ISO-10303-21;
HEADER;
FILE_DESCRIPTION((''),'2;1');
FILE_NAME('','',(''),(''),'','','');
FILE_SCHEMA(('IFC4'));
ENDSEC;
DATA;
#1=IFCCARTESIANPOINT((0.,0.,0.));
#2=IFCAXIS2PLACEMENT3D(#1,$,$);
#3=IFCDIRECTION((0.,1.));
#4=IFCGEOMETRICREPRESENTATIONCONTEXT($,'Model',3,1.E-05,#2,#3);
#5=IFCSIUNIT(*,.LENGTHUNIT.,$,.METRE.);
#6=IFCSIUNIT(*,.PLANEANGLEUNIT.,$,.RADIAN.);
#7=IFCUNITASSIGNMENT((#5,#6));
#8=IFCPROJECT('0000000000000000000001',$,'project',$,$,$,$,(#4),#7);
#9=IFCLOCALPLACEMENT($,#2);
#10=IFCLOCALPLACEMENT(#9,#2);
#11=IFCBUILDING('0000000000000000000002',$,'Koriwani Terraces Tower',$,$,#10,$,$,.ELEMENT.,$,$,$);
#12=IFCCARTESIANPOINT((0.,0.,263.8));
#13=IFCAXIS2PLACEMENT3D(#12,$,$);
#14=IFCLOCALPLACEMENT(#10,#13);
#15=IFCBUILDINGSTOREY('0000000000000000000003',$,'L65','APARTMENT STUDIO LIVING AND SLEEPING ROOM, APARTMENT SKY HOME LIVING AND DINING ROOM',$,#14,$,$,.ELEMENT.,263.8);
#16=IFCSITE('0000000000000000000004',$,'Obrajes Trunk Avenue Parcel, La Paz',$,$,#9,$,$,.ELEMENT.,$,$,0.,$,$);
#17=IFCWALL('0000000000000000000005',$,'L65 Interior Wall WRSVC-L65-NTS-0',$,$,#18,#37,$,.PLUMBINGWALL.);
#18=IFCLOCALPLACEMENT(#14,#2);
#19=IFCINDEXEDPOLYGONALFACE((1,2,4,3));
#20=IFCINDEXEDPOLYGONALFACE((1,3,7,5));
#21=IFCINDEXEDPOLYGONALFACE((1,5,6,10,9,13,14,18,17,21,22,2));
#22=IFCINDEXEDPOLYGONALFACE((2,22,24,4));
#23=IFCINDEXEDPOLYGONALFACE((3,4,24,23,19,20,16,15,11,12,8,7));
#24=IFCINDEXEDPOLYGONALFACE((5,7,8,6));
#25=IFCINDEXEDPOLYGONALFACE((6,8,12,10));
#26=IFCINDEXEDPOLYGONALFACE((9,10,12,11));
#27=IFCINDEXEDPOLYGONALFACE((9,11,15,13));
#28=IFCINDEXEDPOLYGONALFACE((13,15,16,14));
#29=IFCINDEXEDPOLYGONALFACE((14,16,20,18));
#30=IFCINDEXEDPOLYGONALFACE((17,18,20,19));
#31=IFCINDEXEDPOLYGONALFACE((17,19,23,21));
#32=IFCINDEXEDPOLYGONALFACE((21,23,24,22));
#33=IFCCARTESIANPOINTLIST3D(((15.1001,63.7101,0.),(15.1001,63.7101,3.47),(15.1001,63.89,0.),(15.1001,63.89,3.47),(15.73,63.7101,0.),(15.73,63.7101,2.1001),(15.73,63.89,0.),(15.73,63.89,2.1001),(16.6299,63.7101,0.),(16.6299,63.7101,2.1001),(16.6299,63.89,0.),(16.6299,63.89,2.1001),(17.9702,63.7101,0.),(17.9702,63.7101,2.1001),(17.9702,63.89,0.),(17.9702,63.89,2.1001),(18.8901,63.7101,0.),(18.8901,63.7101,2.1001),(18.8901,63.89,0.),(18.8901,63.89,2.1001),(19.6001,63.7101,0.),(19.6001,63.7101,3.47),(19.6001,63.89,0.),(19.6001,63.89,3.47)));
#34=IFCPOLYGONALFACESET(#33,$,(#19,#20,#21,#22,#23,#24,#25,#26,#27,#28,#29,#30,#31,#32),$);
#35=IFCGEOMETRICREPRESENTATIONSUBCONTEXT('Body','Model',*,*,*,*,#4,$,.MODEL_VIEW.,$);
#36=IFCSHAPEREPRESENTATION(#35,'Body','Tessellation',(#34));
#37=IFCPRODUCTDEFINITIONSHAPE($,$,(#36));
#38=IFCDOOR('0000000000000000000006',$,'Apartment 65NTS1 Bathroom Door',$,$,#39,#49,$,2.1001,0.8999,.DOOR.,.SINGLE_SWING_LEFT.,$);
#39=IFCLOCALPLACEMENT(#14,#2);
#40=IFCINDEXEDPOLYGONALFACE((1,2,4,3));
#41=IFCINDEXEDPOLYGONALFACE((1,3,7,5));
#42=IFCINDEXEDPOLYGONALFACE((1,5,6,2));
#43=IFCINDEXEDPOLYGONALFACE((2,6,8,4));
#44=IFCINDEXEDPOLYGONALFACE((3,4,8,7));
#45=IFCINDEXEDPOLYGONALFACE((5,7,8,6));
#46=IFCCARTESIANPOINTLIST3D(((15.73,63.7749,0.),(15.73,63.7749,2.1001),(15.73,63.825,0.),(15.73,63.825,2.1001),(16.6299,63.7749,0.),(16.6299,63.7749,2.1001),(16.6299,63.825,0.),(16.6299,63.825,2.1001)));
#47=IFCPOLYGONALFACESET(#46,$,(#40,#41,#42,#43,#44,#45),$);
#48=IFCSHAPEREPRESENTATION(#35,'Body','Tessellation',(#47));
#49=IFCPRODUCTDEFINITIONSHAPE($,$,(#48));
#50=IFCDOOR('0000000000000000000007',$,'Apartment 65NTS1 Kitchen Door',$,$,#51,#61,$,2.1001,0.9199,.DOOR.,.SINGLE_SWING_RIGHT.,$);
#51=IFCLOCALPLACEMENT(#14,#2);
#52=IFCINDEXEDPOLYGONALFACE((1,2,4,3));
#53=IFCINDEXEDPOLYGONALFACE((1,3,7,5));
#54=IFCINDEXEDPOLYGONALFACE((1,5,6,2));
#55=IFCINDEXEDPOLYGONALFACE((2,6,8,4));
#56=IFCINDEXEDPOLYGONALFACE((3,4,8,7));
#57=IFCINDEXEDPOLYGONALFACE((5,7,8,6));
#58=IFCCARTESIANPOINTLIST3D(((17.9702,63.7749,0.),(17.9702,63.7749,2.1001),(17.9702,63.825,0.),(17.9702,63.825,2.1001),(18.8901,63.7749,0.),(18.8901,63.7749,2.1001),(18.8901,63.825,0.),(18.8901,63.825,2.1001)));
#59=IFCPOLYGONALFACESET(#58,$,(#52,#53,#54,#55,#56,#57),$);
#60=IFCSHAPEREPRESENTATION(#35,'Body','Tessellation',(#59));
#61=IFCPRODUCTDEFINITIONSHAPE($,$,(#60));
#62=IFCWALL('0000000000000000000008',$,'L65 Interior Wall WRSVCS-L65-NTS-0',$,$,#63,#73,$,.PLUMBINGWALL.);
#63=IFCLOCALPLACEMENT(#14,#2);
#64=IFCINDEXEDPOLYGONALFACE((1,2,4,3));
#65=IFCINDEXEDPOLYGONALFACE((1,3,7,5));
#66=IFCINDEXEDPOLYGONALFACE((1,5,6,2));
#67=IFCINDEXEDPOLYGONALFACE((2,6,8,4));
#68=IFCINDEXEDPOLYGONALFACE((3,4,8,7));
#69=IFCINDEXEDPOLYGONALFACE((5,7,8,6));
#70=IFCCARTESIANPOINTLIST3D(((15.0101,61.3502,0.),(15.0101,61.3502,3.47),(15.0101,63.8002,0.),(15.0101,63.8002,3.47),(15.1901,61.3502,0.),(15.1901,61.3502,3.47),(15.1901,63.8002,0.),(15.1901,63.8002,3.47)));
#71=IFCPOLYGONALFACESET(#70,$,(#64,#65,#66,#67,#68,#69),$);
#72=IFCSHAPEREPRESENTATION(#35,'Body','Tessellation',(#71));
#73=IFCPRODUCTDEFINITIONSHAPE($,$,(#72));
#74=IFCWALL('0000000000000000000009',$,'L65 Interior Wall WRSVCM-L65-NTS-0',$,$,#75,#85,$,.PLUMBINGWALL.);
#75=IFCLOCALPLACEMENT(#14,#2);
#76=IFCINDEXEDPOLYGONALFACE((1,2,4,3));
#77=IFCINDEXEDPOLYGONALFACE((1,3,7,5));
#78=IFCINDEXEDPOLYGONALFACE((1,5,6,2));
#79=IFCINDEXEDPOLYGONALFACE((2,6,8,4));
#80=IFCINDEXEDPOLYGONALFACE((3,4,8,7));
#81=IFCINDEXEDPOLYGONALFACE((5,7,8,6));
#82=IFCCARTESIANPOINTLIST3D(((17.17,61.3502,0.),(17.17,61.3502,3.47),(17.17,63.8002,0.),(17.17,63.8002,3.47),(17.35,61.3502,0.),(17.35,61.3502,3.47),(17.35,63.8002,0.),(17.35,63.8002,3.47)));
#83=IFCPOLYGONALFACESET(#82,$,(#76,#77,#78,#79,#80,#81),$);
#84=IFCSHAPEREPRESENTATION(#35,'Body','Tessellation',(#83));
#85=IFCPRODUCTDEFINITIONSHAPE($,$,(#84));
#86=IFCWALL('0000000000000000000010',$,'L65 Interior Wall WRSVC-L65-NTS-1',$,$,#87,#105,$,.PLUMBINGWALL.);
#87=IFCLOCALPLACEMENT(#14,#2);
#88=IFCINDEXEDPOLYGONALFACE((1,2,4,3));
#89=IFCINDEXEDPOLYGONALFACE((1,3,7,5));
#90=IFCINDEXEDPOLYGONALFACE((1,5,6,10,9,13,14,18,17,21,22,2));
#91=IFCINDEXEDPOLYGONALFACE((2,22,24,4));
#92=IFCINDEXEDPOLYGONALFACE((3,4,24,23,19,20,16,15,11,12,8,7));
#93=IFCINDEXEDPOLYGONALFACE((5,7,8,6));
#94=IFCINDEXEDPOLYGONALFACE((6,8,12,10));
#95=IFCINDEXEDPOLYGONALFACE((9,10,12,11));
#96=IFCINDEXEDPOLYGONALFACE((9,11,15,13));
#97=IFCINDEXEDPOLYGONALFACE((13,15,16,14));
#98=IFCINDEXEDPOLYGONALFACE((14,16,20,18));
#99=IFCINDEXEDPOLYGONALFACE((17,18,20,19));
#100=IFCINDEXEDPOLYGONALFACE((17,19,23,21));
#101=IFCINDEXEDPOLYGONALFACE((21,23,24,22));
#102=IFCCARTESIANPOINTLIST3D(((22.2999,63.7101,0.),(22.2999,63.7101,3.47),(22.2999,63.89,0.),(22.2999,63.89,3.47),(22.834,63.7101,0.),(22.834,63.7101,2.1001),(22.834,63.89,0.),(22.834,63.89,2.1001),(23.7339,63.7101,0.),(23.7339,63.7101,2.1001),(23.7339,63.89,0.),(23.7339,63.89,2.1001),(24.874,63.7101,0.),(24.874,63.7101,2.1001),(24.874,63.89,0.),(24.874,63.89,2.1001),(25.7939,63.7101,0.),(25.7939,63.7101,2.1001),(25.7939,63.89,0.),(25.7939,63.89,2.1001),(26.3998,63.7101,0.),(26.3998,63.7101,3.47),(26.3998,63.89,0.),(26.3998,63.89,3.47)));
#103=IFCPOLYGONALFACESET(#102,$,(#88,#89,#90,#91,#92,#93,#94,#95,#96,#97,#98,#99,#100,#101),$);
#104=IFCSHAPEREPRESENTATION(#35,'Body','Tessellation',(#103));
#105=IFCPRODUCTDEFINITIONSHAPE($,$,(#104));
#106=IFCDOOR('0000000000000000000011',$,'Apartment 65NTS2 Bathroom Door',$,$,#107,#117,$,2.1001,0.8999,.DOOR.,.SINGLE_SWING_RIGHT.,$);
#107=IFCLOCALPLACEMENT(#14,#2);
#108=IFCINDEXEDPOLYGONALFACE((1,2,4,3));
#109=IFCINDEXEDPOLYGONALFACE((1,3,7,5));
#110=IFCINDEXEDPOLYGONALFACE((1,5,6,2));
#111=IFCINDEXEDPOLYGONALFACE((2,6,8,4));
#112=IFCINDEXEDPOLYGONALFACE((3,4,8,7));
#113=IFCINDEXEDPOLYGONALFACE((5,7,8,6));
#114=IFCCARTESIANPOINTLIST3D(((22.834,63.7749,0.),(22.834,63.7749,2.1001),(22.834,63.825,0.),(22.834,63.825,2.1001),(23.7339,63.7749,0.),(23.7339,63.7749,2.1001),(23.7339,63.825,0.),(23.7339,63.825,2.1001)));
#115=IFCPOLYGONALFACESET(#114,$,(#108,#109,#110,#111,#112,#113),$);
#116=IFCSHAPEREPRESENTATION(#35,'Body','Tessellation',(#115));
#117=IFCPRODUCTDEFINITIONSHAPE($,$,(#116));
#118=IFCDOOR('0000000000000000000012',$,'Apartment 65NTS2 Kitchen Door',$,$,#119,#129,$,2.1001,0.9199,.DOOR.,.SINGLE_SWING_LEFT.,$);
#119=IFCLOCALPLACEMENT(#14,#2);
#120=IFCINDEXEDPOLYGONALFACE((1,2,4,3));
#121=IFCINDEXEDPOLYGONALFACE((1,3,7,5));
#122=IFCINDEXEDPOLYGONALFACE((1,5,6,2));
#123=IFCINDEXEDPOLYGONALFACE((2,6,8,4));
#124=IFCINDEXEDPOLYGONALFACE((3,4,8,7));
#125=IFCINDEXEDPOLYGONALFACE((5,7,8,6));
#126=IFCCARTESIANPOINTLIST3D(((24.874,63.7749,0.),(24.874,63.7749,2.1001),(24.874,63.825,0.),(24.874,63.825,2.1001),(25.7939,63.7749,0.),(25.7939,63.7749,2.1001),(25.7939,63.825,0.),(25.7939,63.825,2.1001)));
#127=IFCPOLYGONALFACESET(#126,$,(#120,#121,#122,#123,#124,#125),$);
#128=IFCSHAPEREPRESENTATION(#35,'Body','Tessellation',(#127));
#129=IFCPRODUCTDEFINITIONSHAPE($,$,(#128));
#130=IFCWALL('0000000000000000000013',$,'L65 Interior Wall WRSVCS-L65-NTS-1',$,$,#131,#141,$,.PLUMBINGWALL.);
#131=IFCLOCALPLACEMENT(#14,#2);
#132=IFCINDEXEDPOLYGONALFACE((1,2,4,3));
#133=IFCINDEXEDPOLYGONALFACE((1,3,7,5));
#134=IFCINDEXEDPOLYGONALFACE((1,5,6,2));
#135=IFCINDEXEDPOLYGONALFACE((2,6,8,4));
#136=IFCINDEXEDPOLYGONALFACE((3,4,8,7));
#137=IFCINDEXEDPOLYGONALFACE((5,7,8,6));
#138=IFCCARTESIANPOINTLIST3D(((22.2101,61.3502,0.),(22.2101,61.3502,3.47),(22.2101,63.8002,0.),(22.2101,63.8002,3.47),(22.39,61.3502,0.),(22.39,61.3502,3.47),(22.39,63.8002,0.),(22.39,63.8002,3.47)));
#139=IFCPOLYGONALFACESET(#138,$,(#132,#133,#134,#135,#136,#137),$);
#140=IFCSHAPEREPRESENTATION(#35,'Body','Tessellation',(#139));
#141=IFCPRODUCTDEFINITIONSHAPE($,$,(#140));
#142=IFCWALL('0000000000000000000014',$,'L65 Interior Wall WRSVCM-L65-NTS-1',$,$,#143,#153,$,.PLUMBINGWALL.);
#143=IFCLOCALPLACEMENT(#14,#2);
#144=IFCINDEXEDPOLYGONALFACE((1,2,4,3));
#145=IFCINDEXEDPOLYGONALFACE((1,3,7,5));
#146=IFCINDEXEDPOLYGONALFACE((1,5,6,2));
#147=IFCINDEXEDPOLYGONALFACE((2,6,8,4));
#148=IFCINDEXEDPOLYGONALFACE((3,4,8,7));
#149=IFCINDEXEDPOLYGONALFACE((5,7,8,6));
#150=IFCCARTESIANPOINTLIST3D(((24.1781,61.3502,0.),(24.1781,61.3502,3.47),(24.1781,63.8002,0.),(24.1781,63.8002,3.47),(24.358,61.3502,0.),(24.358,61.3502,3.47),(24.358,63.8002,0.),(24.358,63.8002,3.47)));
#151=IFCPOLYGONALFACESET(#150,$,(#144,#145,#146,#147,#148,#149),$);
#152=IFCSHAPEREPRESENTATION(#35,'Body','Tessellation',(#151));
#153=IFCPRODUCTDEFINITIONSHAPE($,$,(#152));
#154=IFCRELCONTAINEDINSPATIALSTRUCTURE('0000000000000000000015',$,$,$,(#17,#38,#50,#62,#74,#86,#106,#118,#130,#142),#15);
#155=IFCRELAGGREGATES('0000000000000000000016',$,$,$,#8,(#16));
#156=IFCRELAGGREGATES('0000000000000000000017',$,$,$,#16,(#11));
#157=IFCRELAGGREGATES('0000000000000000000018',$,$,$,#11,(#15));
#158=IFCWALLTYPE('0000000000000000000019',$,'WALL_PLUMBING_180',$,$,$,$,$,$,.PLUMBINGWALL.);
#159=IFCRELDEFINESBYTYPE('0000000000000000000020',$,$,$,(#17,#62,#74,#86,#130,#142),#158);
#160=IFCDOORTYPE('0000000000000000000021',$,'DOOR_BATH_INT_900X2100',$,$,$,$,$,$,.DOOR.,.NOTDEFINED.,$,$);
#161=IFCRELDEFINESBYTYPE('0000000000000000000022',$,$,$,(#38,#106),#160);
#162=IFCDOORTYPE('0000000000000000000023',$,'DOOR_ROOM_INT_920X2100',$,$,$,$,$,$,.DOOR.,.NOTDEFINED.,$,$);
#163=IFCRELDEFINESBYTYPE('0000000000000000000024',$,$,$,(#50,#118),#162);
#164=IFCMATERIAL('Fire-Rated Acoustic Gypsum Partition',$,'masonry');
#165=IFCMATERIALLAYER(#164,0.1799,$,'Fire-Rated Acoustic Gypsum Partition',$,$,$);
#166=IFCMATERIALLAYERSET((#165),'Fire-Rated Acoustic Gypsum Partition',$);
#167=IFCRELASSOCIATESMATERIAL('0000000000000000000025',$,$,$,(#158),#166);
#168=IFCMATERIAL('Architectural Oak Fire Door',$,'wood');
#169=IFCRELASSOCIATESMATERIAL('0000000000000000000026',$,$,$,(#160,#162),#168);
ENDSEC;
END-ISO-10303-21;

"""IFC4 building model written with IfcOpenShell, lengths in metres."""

from ifc_helpers import new_model, si_unit, direction, frame, frame_2d, origin, place, context, subcontext, project, spatial, rectangle, extrude, material, layer, layer_set, type_object, element, fill, save


model = new_model("IFC4")

# Units and contexts
model_context = context("Model", 3, precision=1e-05, world=origin(), true_north=direction((0.0, 1.0)))
body_context = subcontext(model_context, "Body", "Model", "MODEL_VIEW")
ifc_project = project(units=[si_unit("LENGTHUNIT", "METRE"), si_unit("PLANEANGLEUNIT", "RADIAN")], contexts=[model_context])

# Site, building, storey
site_placement = place(None, origin())
site = spatial("IfcSite", under=ifc_project, at=site_placement, Name="Obrajes Trunk Avenue Parcel, La Paz", CompositionType="ELEMENT", RefElevation=0.0)
building_placement = place(site_placement, origin())
building = spatial("IfcBuilding", under=site, at=building_placement, Name="Koriwani Terraces Tower", CompositionType="ELEMENT")
storey_placement = place(building_placement, frame((0.0, 0.0, 263.8)))
storey = spatial("IfcBuildingStorey", under=building, at=storey_placement, Name="L65", Description="APARTMENT STUDIO LIVING AND SLEEPING ROOM, APARTMENT SKY HOME LIVING AND DINING ROOM", CompositionType="ELEMENT", Elevation=263.8)

# Wall, openings, doors
ifc_material_1 = material(Name="Fire-Rated Acoustic Gypsum Partition", Category="masonry")
ifc_layer_1 = layer(ifc_material_1, 0.1799, Name="Fire-Rated Acoustic Gypsum Partition")
ifc_layer_set_1 = layer_set([ifc_layer_1], Name="Fire-Rated Acoustic Gypsum Partition")
wall_type_1 = type_object("IfcWallType", Name="WALL_PLUMBING_180", PredefinedType="PLUMBINGWALL", material=ifc_layer_set_1)
wall_1_placement = place(storey_placement, frame((15.1001, 63.8, 0.0), z_axis=(0.0, 0.0, 1.0), x_axis=(1.0, 0.0, 0.0)))
wall_1 = element("IfcWall", 1, at=wall_1_placement, inside=storey, type_object=wall_type_1, Name="L65 Interior Wall WRSVC-L65-NTS-0", PredefinedType="PLUMBINGWALL", context=body_context, shape_type="SweptSolid", body=[
    extrude(rectangle(XDim=4.5, YDim=0.1799, at=frame_2d((2.25, 0.0))), origin(), (0.0, 0.0, 1.0), 3.47),
])
opening_1_placement = place(wall_1_placement, frame((0.6299, 0.0, 0.0)))
opening_1 = element("IfcOpeningElement", 2, at=opening_1_placement, cuts=wall_1, PredefinedType="OPENING", context=body_context, shape_type="SweptSolid", body=[
    extrude(rectangle(XDim=0.8999, YDim=2.1001, at=frame_2d((0.45, 1.05))), frame((0.0, 0.1001, 0.0), z_axis=(0.0, -1.0, 0.0), x_axis=(1.0, 0.0, 0.0)), (0.0, 0.0, 1.0), 0.2),
])
opening_2_placement = place(wall_1_placement, frame((2.8701, 0.0, 0.0)))
opening_2 = element("IfcOpeningElement", 3, at=opening_2_placement, cuts=wall_1, PredefinedType="OPENING", context=body_context, shape_type="SweptSolid", body=[
    extrude(rectangle(XDim=0.9199, YDim=2.1001, at=frame_2d((0.46, 1.05))), frame((0.0, 0.1001, 0.0), z_axis=(0.0, -1.0, 0.0), x_axis=(1.0, 0.0, 0.0)), (0.0, 0.0, 1.0), 0.2),
])
ifc_material_2 = material(Name="Architectural Oak Fire Door", Category="wood")
door_type_1 = type_object("IfcDoorType", Name="DOOR_BATH_INT_900X2100", OperationType="NOTDEFINED", PredefinedType="DOOR", material=ifc_material_2)
door_1_placement = place(opening_1_placement, origin())
door_1 = element("IfcDoor", 4, at=door_1_placement, inside=storey, type_object=door_type_1, Name="Apartment 65NTS1 Bathroom Door", OperationType="SINGLE_SWING_LEFT", OverallHeight=2.1001, OverallWidth=0.8999, PredefinedType="DOOR", context=body_context, shape_type="SweptSolid", body=[
    extrude(rectangle(XDim=0.8999, YDim=2.1001, at=frame_2d((0.45, 1.05))), frame((0.0, 0.0249, 0.0), z_axis=(0.0, -1.0, 0.0), x_axis=(1.0, 0.0, 0.0)), (0.0, 0.0, 1.0), 0.05),
])
fill(opening_1, door_1)
door_type_2 = type_object("IfcDoorType", Name="DOOR_ROOM_INT_920X2100", OperationType="NOTDEFINED", PredefinedType="DOOR", material=ifc_material_2)
door_2_placement = place(opening_2_placement, origin())
door_2 = element("IfcDoor", 5, at=door_2_placement, inside=storey, type_object=door_type_2, Name="Apartment 65NTS1 Kitchen Door", OperationType="SINGLE_SWING_RIGHT", OverallHeight=2.1001, OverallWidth=0.9199, PredefinedType="DOOR", context=body_context, shape_type="SweptSolid", body=[
    extrude(rectangle(XDim=0.9199, YDim=2.1001, at=frame_2d((0.46, 1.05))), frame((0.0, 0.0249, 0.0), z_axis=(0.0, -1.0, 0.0), x_axis=(1.0, 0.0, 0.0)), (0.0, 0.0, 1.0), 0.05),
])
fill(opening_2, door_2)

# Walls
for number, where, z_axis, x_axis, name in (
    (6, (15.1001, 61.3501, 0.0), (0.0, 0.0, 1.0), (0.0, 1.0, 0.0), "L65 Interior Wall WRSVCS-L65-NTS-0"),
    (7, (17.26, 61.3501, 0.0), (0.0, 0.0, 1.0), (0.0, 1.0, 0.0), "L65 Interior Wall WRSVCM-L65-NTS-0"),
):
    element("IfcWall", number, at=place(storey_placement, frame(where, z_axis=z_axis, x_axis=x_axis)), inside=storey, type_object=wall_type_1, Name=name, PredefinedType="PLUMBINGWALL", context=body_context, shape_type="SweptSolid", body=[
        extrude(rectangle(XDim=2.45, YDim=0.1799, at=frame_2d((1.2251, 0.0))), origin(), (0.0, 0.0, 1.0), 3.47),
    ])

# Wall, openings, doors
wall_2_placement = place(storey_placement, frame((22.3, 63.8, 0.0), z_axis=(0.0, 0.0, 1.0), x_axis=(1.0, 0.0, 0.0)))
wall_2 = element("IfcWall", 8, at=wall_2_placement, inside=storey, type_object=wall_type_1, Name="L65 Interior Wall WRSVC-L65-NTS-1", PredefinedType="PLUMBINGWALL", context=body_context, shape_type="SweptSolid", body=[
    extrude(rectangle(XDim=4.0999, YDim=0.1799, at=frame_2d((2.0498, 0.0))), origin(), (0.0, 0.0, 1.0), 3.47),
])
opening_3_placement = place(wall_2_placement, frame((0.5339, 0.0, 0.0)))
opening_3 = element("IfcOpeningElement", 9, at=opening_3_placement, cuts=wall_2, PredefinedType="OPENING", context=body_context, shape_type="SweptSolid", body=[
    extrude(rectangle(XDim=0.8999, YDim=2.1001, at=frame_2d((0.45, 1.05))), frame((0.0, 0.1001, 0.0), z_axis=(0.0, -1.0, 0.0), x_axis=(1.0, 0.0, 0.0)), (0.0, 0.0, 1.0), 0.2),
])
opening_4_placement = place(wall_2_placement, frame((2.574, 0.0, 0.0)))
opening_4 = element("IfcOpeningElement", 10, at=opening_4_placement, cuts=wall_2, PredefinedType="OPENING", context=body_context, shape_type="SweptSolid", body=[
    extrude(rectangle(XDim=0.9199, YDim=2.1001, at=frame_2d((0.46, 1.05))), frame((0.0, 0.1001, 0.0), z_axis=(0.0, -1.0, 0.0), x_axis=(1.0, 0.0, 0.0)), (0.0, 0.0, 1.0), 0.2),
])
door_3_placement = place(opening_3_placement, origin())
door_3 = element("IfcDoor", 11, at=door_3_placement, inside=storey, type_object=door_type_1, Name="Apartment 65NTS2 Bathroom Door", OperationType="SINGLE_SWING_RIGHT", OverallHeight=2.1001, OverallWidth=0.8999, PredefinedType="DOOR", context=body_context, shape_type="SweptSolid", body=[
    extrude(rectangle(XDim=0.8999, YDim=2.1001, at=frame_2d((0.45, 1.05))), frame((0.0, 0.0249, 0.0), z_axis=(0.0, -1.0, 0.0), x_axis=(1.0, 0.0, 0.0)), (0.0, 0.0, 1.0), 0.05),
])
fill(opening_3, door_3)
door_4_placement = place(opening_4_placement, origin())
door_4 = element("IfcDoor", 12, at=door_4_placement, inside=storey, type_object=door_type_2, Name="Apartment 65NTS2 Kitchen Door", OperationType="SINGLE_SWING_LEFT", OverallHeight=2.1001, OverallWidth=0.9199, PredefinedType="DOOR", context=body_context, shape_type="SweptSolid", body=[
    extrude(rectangle(XDim=0.9199, YDim=2.1001, at=frame_2d((0.46, 1.05))), frame((0.0, 0.0249, 0.0), z_axis=(0.0, -1.0, 0.0), x_axis=(1.0, 0.0, 0.0)), (0.0, 0.0, 1.0), 0.05),
])
fill(opening_4, door_4)

# Walls
for number, where, z_axis, x_axis, name in (
    (13, (22.3, 61.3501, 0.0), (0.0, 0.0, 1.0), (0.0, 1.0, 0.0), "L65 Interior Wall WRSVCS-L65-NTS-1"),
    (14, (24.2681, 61.3501, 0.0), (0.0, 0.0, 1.0), (0.0, 1.0, 0.0), "L65 Interior Wall WRSVCM-L65-NTS-1"),
):
    element("IfcWall", number, at=place(storey_placement, frame(where, z_axis=z_axis, x_axis=x_axis)), inside=storey, type_object=wall_type_1, Name=name, PredefinedType="PLUMBINGWALL", context=body_context, shape_type="SweptSolid", body=[
        extrude(rectangle(XDim=2.45, YDim=0.1799, at=frame_2d((1.2251, 0.0))), origin(), (0.0, 0.0, 1.0), 3.47),
    ])

save(model, "model.ifc")
